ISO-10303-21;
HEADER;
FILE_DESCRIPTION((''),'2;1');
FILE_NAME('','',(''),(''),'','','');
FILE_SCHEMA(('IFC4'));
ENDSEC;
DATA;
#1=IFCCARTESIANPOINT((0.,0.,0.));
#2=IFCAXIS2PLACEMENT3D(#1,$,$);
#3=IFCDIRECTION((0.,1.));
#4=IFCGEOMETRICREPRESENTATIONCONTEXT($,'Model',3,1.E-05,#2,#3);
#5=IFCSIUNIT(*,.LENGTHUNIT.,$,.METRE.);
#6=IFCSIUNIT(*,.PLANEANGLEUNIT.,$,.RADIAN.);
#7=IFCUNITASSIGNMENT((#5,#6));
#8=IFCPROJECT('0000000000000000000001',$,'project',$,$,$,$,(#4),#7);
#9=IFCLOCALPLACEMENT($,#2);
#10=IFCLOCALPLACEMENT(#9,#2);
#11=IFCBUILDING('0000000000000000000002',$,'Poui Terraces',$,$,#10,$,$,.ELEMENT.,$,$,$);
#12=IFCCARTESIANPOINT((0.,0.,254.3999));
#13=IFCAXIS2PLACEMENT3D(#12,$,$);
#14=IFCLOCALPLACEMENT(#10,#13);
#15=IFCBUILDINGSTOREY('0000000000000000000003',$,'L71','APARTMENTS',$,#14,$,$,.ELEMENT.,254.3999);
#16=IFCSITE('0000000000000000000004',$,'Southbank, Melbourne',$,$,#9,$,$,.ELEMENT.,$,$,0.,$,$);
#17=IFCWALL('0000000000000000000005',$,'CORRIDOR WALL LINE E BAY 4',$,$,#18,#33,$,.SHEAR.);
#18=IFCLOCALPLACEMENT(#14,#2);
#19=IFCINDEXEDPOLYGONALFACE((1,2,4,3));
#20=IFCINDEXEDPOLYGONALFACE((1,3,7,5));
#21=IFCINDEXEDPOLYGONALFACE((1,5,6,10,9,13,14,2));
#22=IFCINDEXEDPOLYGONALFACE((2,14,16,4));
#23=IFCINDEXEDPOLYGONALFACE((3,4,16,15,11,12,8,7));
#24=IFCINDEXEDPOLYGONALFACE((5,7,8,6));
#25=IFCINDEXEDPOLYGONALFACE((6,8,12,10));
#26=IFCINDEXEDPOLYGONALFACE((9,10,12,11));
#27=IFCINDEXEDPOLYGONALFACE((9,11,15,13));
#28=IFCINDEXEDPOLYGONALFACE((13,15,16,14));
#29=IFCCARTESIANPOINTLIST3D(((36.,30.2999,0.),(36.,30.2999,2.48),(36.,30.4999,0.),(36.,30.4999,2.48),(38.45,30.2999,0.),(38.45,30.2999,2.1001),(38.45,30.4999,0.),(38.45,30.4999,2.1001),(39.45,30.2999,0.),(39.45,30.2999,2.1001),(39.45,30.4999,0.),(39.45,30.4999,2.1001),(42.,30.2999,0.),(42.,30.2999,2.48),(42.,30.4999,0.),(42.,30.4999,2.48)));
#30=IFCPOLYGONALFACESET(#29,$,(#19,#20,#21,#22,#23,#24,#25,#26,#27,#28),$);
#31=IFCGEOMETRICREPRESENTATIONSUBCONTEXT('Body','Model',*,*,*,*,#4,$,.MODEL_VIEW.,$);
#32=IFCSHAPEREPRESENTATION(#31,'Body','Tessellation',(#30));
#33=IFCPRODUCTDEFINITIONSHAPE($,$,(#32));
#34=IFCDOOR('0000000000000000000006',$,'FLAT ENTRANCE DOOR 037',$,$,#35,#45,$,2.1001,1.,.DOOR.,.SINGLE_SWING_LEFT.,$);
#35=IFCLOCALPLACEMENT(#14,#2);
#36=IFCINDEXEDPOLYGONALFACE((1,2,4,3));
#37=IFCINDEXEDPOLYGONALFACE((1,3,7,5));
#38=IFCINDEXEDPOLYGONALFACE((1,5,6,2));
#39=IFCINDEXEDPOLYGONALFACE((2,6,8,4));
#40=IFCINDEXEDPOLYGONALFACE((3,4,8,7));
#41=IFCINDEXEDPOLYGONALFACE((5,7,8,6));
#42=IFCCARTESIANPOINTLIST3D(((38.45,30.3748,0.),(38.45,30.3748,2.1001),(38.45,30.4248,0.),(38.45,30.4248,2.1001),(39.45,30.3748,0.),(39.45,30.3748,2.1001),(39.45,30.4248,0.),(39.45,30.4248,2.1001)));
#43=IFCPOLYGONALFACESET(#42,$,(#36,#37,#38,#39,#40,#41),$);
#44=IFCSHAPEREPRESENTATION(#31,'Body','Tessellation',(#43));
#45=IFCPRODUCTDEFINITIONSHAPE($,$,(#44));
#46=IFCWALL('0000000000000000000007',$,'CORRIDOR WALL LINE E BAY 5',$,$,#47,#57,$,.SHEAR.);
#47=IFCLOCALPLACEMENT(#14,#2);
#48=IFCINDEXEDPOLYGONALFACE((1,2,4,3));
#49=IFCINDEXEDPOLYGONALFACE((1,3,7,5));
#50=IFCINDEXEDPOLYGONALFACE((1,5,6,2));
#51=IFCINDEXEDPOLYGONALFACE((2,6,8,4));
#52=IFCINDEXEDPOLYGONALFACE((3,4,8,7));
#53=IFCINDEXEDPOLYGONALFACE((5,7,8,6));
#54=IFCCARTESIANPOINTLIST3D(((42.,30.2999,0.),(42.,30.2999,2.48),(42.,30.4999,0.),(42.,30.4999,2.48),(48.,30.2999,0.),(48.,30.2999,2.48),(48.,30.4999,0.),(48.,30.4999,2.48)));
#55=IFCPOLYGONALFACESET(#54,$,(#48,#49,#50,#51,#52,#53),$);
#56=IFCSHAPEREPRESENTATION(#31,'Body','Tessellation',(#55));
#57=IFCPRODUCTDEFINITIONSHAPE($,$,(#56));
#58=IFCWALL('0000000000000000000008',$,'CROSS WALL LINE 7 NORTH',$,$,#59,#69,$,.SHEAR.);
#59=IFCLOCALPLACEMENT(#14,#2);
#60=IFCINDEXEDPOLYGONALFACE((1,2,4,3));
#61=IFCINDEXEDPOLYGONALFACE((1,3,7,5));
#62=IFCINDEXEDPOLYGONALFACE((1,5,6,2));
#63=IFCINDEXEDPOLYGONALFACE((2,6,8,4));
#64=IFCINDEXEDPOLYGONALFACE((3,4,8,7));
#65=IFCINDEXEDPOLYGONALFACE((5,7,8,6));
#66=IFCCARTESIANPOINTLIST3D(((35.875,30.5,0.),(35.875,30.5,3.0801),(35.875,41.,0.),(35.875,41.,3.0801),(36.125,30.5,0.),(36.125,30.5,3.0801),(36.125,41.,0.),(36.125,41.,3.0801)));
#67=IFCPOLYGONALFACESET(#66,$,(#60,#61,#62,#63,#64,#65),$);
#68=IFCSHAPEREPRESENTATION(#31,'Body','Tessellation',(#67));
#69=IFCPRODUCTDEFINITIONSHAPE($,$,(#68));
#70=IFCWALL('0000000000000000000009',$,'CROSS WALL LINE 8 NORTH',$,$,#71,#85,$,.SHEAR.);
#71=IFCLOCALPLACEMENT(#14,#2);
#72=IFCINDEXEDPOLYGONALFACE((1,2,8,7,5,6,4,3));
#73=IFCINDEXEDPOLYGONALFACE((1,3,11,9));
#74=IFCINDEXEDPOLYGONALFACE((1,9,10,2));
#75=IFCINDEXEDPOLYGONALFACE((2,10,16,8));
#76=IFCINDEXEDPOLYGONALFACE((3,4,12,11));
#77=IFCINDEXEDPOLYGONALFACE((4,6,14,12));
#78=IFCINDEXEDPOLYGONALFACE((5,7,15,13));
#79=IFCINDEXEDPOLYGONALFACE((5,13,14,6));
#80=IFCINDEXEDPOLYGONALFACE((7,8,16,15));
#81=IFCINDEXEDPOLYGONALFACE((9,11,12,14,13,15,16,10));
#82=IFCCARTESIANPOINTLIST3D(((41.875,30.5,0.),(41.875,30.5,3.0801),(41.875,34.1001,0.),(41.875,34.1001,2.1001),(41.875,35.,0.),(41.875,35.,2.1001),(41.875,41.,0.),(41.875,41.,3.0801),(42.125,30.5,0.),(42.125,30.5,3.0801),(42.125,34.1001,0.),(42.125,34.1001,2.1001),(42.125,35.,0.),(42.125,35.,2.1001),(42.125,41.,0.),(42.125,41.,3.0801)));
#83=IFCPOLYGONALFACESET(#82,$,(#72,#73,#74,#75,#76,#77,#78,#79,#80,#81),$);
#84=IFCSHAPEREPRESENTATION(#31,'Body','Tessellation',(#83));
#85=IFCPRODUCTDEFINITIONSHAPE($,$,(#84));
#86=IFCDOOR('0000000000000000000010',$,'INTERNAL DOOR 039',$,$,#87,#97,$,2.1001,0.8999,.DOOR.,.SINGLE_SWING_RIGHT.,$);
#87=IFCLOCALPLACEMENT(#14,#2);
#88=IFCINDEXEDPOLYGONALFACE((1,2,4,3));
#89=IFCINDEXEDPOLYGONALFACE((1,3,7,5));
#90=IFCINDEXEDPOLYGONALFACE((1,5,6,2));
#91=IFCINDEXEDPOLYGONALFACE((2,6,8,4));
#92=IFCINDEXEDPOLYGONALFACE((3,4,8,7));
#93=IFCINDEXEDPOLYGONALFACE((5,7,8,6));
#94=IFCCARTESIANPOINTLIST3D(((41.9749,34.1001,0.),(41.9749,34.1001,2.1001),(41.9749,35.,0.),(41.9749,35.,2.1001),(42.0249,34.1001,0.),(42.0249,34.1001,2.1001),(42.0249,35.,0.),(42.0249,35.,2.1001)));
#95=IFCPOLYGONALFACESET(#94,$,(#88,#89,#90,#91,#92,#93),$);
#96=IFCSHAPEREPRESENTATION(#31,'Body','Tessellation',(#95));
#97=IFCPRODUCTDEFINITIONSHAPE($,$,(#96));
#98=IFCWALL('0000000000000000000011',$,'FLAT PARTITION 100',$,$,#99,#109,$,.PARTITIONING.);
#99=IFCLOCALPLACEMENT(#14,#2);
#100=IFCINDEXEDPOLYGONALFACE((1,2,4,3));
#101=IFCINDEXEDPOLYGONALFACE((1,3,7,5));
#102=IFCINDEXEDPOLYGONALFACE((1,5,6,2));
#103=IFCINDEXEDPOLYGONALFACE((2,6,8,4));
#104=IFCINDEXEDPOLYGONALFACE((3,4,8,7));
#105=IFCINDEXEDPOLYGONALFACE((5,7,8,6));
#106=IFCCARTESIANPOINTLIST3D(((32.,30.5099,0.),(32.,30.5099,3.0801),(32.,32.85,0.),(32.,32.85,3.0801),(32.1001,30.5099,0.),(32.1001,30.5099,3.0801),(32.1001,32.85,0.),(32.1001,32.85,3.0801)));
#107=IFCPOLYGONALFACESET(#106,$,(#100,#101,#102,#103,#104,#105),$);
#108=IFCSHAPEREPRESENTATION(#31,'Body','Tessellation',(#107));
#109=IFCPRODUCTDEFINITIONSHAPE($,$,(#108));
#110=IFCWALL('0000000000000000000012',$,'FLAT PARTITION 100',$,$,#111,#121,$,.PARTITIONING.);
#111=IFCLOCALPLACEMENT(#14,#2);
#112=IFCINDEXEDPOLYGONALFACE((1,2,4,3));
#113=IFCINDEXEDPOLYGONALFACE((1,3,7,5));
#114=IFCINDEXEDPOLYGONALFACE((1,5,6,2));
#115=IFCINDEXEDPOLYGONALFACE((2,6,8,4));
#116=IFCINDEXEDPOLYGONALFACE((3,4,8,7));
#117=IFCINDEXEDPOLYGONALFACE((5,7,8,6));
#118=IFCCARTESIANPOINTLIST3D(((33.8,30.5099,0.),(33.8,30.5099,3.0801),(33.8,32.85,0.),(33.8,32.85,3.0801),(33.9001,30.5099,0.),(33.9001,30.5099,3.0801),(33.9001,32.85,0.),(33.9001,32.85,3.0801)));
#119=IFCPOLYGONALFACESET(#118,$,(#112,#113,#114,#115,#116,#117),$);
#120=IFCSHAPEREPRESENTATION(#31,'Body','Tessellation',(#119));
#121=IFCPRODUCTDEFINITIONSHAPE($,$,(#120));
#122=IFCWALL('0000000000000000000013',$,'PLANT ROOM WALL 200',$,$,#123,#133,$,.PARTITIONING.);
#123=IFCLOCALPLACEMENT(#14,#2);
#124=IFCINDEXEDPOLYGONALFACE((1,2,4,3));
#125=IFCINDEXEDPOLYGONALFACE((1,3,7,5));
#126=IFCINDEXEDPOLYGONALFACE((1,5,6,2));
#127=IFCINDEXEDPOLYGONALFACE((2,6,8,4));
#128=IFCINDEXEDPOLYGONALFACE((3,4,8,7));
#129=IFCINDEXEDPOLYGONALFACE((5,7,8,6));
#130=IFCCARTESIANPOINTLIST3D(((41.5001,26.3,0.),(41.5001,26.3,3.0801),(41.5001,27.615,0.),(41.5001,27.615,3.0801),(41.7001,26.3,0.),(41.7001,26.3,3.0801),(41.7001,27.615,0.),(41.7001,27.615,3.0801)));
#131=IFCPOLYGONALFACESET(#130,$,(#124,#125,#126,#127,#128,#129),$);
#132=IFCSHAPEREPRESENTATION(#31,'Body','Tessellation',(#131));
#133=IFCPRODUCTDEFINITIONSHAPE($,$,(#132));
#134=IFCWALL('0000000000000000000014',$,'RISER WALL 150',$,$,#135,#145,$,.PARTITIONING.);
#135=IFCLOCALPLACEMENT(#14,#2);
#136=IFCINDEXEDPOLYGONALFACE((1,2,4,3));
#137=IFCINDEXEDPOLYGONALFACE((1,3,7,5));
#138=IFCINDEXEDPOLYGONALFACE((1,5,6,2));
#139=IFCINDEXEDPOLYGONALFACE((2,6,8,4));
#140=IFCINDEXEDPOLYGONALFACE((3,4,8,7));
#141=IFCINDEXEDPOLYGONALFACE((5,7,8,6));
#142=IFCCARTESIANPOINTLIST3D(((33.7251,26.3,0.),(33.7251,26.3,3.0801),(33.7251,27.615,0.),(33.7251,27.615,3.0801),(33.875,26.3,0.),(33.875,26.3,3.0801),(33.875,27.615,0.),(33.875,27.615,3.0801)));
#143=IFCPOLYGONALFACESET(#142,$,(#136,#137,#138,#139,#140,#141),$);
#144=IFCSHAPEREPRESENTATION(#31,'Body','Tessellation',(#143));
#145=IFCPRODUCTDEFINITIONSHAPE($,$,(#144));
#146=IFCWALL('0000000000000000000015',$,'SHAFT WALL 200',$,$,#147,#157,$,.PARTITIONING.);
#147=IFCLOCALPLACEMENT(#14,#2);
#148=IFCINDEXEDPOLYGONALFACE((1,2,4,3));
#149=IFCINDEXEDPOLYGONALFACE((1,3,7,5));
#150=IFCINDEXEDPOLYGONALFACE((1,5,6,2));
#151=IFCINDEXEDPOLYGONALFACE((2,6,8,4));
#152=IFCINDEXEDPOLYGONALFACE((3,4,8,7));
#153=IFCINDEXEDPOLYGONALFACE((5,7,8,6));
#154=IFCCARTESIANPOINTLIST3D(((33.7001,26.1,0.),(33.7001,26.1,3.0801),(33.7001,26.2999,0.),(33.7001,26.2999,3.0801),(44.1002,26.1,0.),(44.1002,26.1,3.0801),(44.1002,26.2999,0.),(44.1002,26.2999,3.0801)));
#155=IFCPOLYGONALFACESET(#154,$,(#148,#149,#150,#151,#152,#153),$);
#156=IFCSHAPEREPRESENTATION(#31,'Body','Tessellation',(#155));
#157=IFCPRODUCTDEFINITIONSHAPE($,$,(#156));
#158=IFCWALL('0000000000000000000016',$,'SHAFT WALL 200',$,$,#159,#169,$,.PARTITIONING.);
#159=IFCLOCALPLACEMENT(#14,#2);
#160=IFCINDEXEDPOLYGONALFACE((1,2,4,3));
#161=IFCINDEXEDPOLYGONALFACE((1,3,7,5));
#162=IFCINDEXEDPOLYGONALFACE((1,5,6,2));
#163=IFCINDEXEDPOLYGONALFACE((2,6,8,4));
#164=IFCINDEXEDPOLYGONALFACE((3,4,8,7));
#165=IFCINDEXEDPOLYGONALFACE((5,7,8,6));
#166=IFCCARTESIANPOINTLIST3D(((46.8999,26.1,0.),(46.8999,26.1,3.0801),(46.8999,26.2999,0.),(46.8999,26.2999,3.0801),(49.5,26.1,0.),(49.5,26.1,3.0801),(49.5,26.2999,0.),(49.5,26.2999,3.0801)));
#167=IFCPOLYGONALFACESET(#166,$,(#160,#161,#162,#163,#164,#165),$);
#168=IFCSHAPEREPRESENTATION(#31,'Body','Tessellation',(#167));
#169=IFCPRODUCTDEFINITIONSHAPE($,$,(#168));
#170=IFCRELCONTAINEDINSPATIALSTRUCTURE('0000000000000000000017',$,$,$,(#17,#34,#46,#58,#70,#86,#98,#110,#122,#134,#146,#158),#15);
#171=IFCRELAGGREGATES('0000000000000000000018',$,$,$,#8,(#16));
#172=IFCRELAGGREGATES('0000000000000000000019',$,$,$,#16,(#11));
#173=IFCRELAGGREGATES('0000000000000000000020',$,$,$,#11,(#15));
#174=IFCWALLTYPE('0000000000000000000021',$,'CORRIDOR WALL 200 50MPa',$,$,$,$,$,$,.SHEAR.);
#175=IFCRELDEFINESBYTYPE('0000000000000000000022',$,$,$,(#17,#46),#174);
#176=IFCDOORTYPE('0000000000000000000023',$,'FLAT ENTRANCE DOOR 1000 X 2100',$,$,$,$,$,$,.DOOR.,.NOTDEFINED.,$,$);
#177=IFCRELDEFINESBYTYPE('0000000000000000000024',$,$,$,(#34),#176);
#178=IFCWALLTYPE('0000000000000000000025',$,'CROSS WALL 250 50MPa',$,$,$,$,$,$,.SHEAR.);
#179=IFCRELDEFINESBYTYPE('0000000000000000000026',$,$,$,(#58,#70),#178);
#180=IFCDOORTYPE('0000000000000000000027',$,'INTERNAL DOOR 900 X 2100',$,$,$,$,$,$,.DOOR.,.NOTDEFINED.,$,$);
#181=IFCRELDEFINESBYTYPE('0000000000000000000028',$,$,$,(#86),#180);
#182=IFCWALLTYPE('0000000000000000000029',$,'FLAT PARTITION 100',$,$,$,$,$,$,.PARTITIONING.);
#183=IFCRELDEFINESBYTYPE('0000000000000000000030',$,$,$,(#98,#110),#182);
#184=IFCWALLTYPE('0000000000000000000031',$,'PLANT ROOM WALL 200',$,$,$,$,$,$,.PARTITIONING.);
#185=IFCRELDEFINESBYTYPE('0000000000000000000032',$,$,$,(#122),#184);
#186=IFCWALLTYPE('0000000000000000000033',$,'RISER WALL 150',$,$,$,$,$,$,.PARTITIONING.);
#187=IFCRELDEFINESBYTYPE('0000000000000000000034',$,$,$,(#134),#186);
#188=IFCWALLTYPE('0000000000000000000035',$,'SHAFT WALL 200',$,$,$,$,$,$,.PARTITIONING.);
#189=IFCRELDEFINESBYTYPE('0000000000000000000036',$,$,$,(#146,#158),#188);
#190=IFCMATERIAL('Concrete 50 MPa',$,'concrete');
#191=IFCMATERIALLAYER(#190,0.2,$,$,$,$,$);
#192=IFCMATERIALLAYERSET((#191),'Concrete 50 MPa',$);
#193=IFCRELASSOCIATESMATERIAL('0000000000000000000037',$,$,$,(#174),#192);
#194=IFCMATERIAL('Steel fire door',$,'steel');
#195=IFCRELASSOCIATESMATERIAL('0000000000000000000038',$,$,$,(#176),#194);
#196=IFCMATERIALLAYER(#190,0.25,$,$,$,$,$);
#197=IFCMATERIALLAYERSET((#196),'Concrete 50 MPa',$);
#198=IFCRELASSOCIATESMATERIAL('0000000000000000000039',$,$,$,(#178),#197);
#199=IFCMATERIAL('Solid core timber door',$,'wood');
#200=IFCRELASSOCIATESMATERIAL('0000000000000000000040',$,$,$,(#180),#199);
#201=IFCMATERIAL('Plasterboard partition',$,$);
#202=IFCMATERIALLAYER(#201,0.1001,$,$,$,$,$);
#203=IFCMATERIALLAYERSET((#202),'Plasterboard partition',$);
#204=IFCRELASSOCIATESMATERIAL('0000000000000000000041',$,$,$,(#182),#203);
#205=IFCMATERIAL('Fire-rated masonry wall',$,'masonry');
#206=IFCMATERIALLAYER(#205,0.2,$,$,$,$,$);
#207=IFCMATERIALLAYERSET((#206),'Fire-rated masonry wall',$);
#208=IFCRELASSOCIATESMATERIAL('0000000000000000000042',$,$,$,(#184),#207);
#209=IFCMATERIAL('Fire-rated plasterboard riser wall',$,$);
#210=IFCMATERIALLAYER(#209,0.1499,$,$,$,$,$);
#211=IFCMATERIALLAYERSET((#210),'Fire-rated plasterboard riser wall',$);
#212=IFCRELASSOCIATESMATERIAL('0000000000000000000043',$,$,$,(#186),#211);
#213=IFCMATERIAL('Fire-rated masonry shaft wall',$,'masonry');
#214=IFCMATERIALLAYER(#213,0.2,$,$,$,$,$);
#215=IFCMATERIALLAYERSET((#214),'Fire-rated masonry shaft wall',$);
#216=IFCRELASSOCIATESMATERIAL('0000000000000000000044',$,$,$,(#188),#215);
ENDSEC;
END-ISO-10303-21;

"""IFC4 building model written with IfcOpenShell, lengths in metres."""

from ifc_helpers import new_model, si_unit, direction, frame, frame_2d, origin, place, context, subcontext, project, spatial, rectangle, extrude, material, layer, layer_set, type_object, element, fill, save


model = new_model("IFC4")

# Units and contexts
model_context = context("Model", 3, precision=1e-05, world=origin(), true_north=direction((0.0, 1.0)))
body_context = subcontext(model_context, "Body", "Model", "MODEL_VIEW")
ifc_project = project(units=[si_unit("LENGTHUNIT", "METRE"), si_unit("PLANEANGLEUNIT", "RADIAN")], contexts=[model_context])

# Site, building, storey
site_placement = place(None, origin())
site = spatial("IfcSite", under=ifc_project, at=site_placement, Name="Southbank, Melbourne", CompositionType="ELEMENT", RefElevation=0.0)
building_placement = place(site_placement, origin())
building = spatial("IfcBuilding", under=site, at=building_placement, Name="Poui Terraces", CompositionType="ELEMENT")
storey_placement = place(building_placement, frame((0.0, 0.0, 254.3999)))
storey = spatial("IfcBuildingStorey", under=building, at=storey_placement, Name="L71", Description="APARTMENTS", CompositionType="ELEMENT", Elevation=254.3999)

# Shared definitions
ifc_material_1 = material(Name="Concrete 50 MPa", Category="concrete")

# Shared definitions
ifc_material_2 = material(Name="Steel fire door", Category="steel")

# Wall, opening, door
ifc_layer_1 = layer(ifc_material_1, 0.2)
ifc_layer_set_1 = layer_set([ifc_layer_1], Name="Concrete 50 MPa")
wall_type_1 = type_object("IfcWallType", Name="CORRIDOR WALL 200 50MPa", PredefinedType="SHEAR", material=ifc_layer_set_1)
wall_1_placement = place(storey_placement, frame((36.0, 30.3999, 0.0), z_axis=(0.0, 0.0, 1.0), x_axis=(1.0, 0.0, 0.0)))
wall_1 = element("IfcWall", 1, at=wall_1_placement, inside=storey, type_object=wall_type_1, Name="CORRIDOR WALL LINE E BAY 4", PredefinedType="SHEAR", context=body_context, shape_type="SweptSolid", body=[
    extrude(rectangle(XDim=6.0, YDim=0.2, at=frame_2d((3.0, 0.0))), origin(), (0.0, 0.0, 1.0), 2.48),
])
opening_1_placement = place(wall_1_placement, frame((2.45, 0.0, 0.0)))
opening_1 = element("IfcOpeningElement", 2, at=opening_1_placement, cuts=wall_1, PredefinedType="OPENING", context=body_context, shape_type="SweptSolid", body=[
    extrude(rectangle(XDim=1.0, YDim=2.1001, at=frame_2d((0.5, 1.05))), frame((0.0, 0.1099, 0.0), z_axis=(0.0, -1.0, 0.0), x_axis=(1.0, 0.0, 0.0)), (0.0, 0.0, 1.0), 0.22),
])
door_type_1 = type_object("IfcDoorType", Name="FLAT ENTRANCE DOOR 1000 X 2100", OperationType="NOTDEFINED", PredefinedType="DOOR", material=ifc_material_2)
door_1_placement = place(opening_1_placement, origin())
door_1 = element("IfcDoor", 3, at=door_1_placement, inside=storey, type_object=door_type_1, Name="FLAT ENTRANCE DOOR 037", OperationType="SINGLE_SWING_LEFT", OverallHeight=2.1001, OverallWidth=1.0, PredefinedType="DOOR", context=body_context, shape_type="SweptSolid", body=[
    extrude(rectangle(XDim=1.0, YDim=2.1001, at=frame_2d((0.5, 1.05))), frame((0.0, 0.0249, 0.0), z_axis=(0.0, -1.0, 0.0), x_axis=(1.0, 0.0, 0.0)), (0.0, 0.0, 1.0), 0.05),
])
fill(opening_1, door_1)

# Walls
wall_2_placement = place(storey_placement, frame((42.0, 30.3999, 0.0), z_axis=(0.0, 0.0, 1.0), x_axis=(1.0, 0.0, 0.0)))
element("IfcWall", 4, at=wall_2_placement, inside=storey, type_object=wall_type_1, Name="CORRIDOR WALL LINE E BAY 5", PredefinedType="SHEAR", context=body_context, shape_type="SweptSolid", body=[
    extrude(rectangle(XDim=6.0, YDim=0.2, at=frame_2d((3.0, 0.0))), origin(), (0.0, 0.0, 1.0), 2.48),
])
ifc_layer_2 = layer(ifc_material_1, 0.25)
ifc_layer_set_2 = layer_set([ifc_layer_2], Name="Concrete 50 MPa")
wall_type_2 = type_object("IfcWallType", Name="CROSS WALL 250 50MPa", PredefinedType="SHEAR", material=ifc_layer_set_2)
wall_3_placement = place(storey_placement, frame((36.0, 30.5, 0.0), z_axis=(0.0, 0.0, 1.0), x_axis=(0.0, 1.0, 0.0)))
element("IfcWall", 5, at=wall_3_placement, inside=storey, type_object=wall_type_2, Name="CROSS WALL LINE 7 NORTH", PredefinedType="SHEAR", context=body_context, shape_type="SweptSolid", body=[
    extrude(rectangle(XDim=10.5, YDim=0.25, at=frame_2d((5.25, 0.0))), origin(), (0.0, 0.0, 1.0), 3.0801),
])

# Wall, opening, door
wall_4_placement = place(storey_placement, frame((42.0, 30.5, 0.0), z_axis=(0.0, 0.0, 1.0), x_axis=(0.0, 1.0, 0.0)))
wall_4 = element("IfcWall", 6, at=wall_4_placement, inside=storey, type_object=wall_type_2, Name="CROSS WALL LINE 8 NORTH", PredefinedType="SHEAR", context=body_context, shape_type="SweptSolid", body=[
    extrude(rectangle(XDim=10.5, YDim=0.25, at=frame_2d((5.25, 0.0))), origin(), (0.0, 0.0, 1.0), 3.0801),
])
opening_2_placement = place(wall_4_placement, frame((3.6001, 0.0, 0.0)))
opening_2 = element("IfcOpeningElement", 7, at=opening_2_placement, cuts=wall_4, PredefinedType="OPENING", context=body_context, shape_type="SweptSolid", body=[
    extrude(rectangle(XDim=0.8999, YDim=2.1001, at=frame_2d((0.45, 1.05))), frame((0.0, 0.135, 0.0), z_axis=(0.0, -1.0, 0.0), x_axis=(1.0, 0.0, 0.0)), (0.0, 0.0, 1.0), 0.27),
])
ifc_material_3 = material(Name="Solid core timber door", Category="wood")
door_type_2 = type_object("IfcDoorType", Name="INTERNAL DOOR 900 X 2100", OperationType="NOTDEFINED", PredefinedType="DOOR", material=ifc_material_3)
door_2_placement = place(opening_2_placement, frame((0.8999, 0.0, 0.0), z_axis=(0.0, 0.0, 1.0), x_axis=(-1.0, 0.0, 0.0)))
door_2 = element("IfcDoor", 8, at=door_2_placement, inside=storey, type_object=door_type_2, Name="INTERNAL DOOR 039", OperationType="SINGLE_SWING_RIGHT", OverallHeight=2.1001, OverallWidth=0.8999, PredefinedType="DOOR", context=body_context, shape_type="SweptSolid", body=[
    extrude(rectangle(XDim=0.8999, YDim=2.1001, at=frame_2d((0.45, 1.05))), frame((0.0, 0.0249, 0.0), z_axis=(0.0, -1.0, 0.0), x_axis=(1.0, 0.0, 0.0)), (0.0, 0.0, 1.0), 0.05),
])
fill(opening_2, door_2)

# Walls
ifc_material_4 = material(Name="Plasterboard partition")
ifc_layer_3 = layer(ifc_material_4, 0.1001)
ifc_layer_set_3 = layer_set([ifc_layer_3], Name="Plasterboard partition")
wall_type_3 = type_object("IfcWallType", Name="FLAT PARTITION 100", PredefinedType="PARTITIONING", material=ifc_layer_set_3)
for number, where, z_axis, x_axis, name in (
    (9, (32.05, 30.51, 0.0), (0.0, 0.0, 1.0), (0.0, 1.0, 0.0), "FLAT PARTITION 100"),
    (10, (33.8501, 30.51, 0.0), (0.0, 0.0, 1.0), (0.0, 1.0, 0.0), "FLAT PARTITION 100"),
):
    element("IfcWall", number, at=place(storey_placement, frame(where, z_axis=z_axis, x_axis=x_axis)), inside=storey, type_object=wall_type_3, Name=name, PredefinedType="PARTITIONING", context=body_context, shape_type="SweptSolid", body=[
        extrude(rectangle(XDim=2.3401, YDim=0.1001, at=frame_2d((1.1699, 0.0))), origin(), (0.0, 0.0, 1.0), 3.0801),
    ])
ifc_material_5 = material(Name="Fire-rated masonry wall", Category="masonry")
ifc_layer_4 = layer(ifc_material_5, 0.2)
ifc_layer_set_4 = layer_set([ifc_layer_4], Name="Fire-rated masonry wall")
wall_type_4 = type_object("IfcWallType", Name="PLANT ROOM WALL 200", PredefinedType="PARTITIONING", material=ifc_layer_set_4)
wall_5_placement = place(storey_placement, frame((41.6001, 26.3, 0.0), z_axis=(0.0, 0.0, 1.0), x_axis=(0.0, 1.0, 0.0)))
element("IfcWall", 11, at=wall_5_placement, inside=storey, type_object=wall_type_4, Name="PLANT ROOM WALL 200", PredefinedType="PARTITIONING", context=body_context, shape_type="SweptSolid", body=[
    extrude(rectangle(XDim=1.3149, YDim=0.2, at=frame_2d((0.6575, 0.0))), origin(), (0.0, 0.0, 1.0), 3.0801),
])
ifc_material_6 = material(Name="Fire-rated plasterboard riser wall")
ifc_layer_5 = layer(ifc_material_6, 0.1499)
ifc_layer_set_5 = layer_set([ifc_layer_5], Name="Fire-rated plasterboard riser wall")
wall_type_5 = type_object("IfcWallType", Name="RISER WALL 150", PredefinedType="PARTITIONING", material=ifc_layer_set_5)
wall_6_placement = place(storey_placement, frame((33.8, 26.3, 0.0), z_axis=(0.0, 0.0, 1.0), x_axis=(0.0, 1.0, 0.0)))
element("IfcWall", 12, at=wall_6_placement, inside=storey, type_object=wall_type_5, Name="RISER WALL 150", PredefinedType="PARTITIONING", context=body_context, shape_type="SweptSolid", body=[
    extrude(rectangle(XDim=1.3149, YDim=0.1499, at=frame_2d((0.6575, 0.0))), origin(), (0.0, 0.0, 1.0), 3.0801),
])
ifc_material_7 = material(Name="Fire-rated masonry shaft wall", Category="masonry")
ifc_layer_6 = layer(ifc_material_7, 0.2)
ifc_layer_set_6 = layer_set([ifc_layer_6], Name="Fire-rated masonry shaft wall")
wall_type_6 = type_object("IfcWallType", Name="SHAFT WALL 200", PredefinedType="PARTITIONING", material=ifc_layer_set_6)
wall_7_placement = place(storey_placement, frame((33.7, 26.2, 0.0), z_axis=(0.0, 0.0, 1.0), x_axis=(1.0, 0.0, 0.0)))
element("IfcWall", 13, at=wall_7_placement, inside=storey, type_object=wall_type_6, Name="SHAFT WALL 200", PredefinedType="PARTITIONING", context=body_context, shape_type="SweptSolid", body=[
    extrude(rectangle(XDim=10.4001, YDim=0.2, at=frame_2d((5.2002, 0.0))), origin(), (0.0, 0.0, 1.0), 3.0801),
])
wall_8_placement = place(storey_placement, frame((46.8999, 26.2, 0.0), z_axis=(0.0, 0.0, 1.0), x_axis=(1.0, 0.0, 0.0)))
element("IfcWall", 14, at=wall_8_placement, inside=storey, type_object=wall_type_6, Name="SHAFT WALL 200", PredefinedType="PARTITIONING", context=body_context, shape_type="SweptSolid", body=[
    extrude(rectangle(XDim=2.6001, YDim=0.2, at=frame_2d((1.3, 0.0))), origin(), (0.0, 0.0, 1.0), 3.0801),
])

save(model, "model.ifc")
